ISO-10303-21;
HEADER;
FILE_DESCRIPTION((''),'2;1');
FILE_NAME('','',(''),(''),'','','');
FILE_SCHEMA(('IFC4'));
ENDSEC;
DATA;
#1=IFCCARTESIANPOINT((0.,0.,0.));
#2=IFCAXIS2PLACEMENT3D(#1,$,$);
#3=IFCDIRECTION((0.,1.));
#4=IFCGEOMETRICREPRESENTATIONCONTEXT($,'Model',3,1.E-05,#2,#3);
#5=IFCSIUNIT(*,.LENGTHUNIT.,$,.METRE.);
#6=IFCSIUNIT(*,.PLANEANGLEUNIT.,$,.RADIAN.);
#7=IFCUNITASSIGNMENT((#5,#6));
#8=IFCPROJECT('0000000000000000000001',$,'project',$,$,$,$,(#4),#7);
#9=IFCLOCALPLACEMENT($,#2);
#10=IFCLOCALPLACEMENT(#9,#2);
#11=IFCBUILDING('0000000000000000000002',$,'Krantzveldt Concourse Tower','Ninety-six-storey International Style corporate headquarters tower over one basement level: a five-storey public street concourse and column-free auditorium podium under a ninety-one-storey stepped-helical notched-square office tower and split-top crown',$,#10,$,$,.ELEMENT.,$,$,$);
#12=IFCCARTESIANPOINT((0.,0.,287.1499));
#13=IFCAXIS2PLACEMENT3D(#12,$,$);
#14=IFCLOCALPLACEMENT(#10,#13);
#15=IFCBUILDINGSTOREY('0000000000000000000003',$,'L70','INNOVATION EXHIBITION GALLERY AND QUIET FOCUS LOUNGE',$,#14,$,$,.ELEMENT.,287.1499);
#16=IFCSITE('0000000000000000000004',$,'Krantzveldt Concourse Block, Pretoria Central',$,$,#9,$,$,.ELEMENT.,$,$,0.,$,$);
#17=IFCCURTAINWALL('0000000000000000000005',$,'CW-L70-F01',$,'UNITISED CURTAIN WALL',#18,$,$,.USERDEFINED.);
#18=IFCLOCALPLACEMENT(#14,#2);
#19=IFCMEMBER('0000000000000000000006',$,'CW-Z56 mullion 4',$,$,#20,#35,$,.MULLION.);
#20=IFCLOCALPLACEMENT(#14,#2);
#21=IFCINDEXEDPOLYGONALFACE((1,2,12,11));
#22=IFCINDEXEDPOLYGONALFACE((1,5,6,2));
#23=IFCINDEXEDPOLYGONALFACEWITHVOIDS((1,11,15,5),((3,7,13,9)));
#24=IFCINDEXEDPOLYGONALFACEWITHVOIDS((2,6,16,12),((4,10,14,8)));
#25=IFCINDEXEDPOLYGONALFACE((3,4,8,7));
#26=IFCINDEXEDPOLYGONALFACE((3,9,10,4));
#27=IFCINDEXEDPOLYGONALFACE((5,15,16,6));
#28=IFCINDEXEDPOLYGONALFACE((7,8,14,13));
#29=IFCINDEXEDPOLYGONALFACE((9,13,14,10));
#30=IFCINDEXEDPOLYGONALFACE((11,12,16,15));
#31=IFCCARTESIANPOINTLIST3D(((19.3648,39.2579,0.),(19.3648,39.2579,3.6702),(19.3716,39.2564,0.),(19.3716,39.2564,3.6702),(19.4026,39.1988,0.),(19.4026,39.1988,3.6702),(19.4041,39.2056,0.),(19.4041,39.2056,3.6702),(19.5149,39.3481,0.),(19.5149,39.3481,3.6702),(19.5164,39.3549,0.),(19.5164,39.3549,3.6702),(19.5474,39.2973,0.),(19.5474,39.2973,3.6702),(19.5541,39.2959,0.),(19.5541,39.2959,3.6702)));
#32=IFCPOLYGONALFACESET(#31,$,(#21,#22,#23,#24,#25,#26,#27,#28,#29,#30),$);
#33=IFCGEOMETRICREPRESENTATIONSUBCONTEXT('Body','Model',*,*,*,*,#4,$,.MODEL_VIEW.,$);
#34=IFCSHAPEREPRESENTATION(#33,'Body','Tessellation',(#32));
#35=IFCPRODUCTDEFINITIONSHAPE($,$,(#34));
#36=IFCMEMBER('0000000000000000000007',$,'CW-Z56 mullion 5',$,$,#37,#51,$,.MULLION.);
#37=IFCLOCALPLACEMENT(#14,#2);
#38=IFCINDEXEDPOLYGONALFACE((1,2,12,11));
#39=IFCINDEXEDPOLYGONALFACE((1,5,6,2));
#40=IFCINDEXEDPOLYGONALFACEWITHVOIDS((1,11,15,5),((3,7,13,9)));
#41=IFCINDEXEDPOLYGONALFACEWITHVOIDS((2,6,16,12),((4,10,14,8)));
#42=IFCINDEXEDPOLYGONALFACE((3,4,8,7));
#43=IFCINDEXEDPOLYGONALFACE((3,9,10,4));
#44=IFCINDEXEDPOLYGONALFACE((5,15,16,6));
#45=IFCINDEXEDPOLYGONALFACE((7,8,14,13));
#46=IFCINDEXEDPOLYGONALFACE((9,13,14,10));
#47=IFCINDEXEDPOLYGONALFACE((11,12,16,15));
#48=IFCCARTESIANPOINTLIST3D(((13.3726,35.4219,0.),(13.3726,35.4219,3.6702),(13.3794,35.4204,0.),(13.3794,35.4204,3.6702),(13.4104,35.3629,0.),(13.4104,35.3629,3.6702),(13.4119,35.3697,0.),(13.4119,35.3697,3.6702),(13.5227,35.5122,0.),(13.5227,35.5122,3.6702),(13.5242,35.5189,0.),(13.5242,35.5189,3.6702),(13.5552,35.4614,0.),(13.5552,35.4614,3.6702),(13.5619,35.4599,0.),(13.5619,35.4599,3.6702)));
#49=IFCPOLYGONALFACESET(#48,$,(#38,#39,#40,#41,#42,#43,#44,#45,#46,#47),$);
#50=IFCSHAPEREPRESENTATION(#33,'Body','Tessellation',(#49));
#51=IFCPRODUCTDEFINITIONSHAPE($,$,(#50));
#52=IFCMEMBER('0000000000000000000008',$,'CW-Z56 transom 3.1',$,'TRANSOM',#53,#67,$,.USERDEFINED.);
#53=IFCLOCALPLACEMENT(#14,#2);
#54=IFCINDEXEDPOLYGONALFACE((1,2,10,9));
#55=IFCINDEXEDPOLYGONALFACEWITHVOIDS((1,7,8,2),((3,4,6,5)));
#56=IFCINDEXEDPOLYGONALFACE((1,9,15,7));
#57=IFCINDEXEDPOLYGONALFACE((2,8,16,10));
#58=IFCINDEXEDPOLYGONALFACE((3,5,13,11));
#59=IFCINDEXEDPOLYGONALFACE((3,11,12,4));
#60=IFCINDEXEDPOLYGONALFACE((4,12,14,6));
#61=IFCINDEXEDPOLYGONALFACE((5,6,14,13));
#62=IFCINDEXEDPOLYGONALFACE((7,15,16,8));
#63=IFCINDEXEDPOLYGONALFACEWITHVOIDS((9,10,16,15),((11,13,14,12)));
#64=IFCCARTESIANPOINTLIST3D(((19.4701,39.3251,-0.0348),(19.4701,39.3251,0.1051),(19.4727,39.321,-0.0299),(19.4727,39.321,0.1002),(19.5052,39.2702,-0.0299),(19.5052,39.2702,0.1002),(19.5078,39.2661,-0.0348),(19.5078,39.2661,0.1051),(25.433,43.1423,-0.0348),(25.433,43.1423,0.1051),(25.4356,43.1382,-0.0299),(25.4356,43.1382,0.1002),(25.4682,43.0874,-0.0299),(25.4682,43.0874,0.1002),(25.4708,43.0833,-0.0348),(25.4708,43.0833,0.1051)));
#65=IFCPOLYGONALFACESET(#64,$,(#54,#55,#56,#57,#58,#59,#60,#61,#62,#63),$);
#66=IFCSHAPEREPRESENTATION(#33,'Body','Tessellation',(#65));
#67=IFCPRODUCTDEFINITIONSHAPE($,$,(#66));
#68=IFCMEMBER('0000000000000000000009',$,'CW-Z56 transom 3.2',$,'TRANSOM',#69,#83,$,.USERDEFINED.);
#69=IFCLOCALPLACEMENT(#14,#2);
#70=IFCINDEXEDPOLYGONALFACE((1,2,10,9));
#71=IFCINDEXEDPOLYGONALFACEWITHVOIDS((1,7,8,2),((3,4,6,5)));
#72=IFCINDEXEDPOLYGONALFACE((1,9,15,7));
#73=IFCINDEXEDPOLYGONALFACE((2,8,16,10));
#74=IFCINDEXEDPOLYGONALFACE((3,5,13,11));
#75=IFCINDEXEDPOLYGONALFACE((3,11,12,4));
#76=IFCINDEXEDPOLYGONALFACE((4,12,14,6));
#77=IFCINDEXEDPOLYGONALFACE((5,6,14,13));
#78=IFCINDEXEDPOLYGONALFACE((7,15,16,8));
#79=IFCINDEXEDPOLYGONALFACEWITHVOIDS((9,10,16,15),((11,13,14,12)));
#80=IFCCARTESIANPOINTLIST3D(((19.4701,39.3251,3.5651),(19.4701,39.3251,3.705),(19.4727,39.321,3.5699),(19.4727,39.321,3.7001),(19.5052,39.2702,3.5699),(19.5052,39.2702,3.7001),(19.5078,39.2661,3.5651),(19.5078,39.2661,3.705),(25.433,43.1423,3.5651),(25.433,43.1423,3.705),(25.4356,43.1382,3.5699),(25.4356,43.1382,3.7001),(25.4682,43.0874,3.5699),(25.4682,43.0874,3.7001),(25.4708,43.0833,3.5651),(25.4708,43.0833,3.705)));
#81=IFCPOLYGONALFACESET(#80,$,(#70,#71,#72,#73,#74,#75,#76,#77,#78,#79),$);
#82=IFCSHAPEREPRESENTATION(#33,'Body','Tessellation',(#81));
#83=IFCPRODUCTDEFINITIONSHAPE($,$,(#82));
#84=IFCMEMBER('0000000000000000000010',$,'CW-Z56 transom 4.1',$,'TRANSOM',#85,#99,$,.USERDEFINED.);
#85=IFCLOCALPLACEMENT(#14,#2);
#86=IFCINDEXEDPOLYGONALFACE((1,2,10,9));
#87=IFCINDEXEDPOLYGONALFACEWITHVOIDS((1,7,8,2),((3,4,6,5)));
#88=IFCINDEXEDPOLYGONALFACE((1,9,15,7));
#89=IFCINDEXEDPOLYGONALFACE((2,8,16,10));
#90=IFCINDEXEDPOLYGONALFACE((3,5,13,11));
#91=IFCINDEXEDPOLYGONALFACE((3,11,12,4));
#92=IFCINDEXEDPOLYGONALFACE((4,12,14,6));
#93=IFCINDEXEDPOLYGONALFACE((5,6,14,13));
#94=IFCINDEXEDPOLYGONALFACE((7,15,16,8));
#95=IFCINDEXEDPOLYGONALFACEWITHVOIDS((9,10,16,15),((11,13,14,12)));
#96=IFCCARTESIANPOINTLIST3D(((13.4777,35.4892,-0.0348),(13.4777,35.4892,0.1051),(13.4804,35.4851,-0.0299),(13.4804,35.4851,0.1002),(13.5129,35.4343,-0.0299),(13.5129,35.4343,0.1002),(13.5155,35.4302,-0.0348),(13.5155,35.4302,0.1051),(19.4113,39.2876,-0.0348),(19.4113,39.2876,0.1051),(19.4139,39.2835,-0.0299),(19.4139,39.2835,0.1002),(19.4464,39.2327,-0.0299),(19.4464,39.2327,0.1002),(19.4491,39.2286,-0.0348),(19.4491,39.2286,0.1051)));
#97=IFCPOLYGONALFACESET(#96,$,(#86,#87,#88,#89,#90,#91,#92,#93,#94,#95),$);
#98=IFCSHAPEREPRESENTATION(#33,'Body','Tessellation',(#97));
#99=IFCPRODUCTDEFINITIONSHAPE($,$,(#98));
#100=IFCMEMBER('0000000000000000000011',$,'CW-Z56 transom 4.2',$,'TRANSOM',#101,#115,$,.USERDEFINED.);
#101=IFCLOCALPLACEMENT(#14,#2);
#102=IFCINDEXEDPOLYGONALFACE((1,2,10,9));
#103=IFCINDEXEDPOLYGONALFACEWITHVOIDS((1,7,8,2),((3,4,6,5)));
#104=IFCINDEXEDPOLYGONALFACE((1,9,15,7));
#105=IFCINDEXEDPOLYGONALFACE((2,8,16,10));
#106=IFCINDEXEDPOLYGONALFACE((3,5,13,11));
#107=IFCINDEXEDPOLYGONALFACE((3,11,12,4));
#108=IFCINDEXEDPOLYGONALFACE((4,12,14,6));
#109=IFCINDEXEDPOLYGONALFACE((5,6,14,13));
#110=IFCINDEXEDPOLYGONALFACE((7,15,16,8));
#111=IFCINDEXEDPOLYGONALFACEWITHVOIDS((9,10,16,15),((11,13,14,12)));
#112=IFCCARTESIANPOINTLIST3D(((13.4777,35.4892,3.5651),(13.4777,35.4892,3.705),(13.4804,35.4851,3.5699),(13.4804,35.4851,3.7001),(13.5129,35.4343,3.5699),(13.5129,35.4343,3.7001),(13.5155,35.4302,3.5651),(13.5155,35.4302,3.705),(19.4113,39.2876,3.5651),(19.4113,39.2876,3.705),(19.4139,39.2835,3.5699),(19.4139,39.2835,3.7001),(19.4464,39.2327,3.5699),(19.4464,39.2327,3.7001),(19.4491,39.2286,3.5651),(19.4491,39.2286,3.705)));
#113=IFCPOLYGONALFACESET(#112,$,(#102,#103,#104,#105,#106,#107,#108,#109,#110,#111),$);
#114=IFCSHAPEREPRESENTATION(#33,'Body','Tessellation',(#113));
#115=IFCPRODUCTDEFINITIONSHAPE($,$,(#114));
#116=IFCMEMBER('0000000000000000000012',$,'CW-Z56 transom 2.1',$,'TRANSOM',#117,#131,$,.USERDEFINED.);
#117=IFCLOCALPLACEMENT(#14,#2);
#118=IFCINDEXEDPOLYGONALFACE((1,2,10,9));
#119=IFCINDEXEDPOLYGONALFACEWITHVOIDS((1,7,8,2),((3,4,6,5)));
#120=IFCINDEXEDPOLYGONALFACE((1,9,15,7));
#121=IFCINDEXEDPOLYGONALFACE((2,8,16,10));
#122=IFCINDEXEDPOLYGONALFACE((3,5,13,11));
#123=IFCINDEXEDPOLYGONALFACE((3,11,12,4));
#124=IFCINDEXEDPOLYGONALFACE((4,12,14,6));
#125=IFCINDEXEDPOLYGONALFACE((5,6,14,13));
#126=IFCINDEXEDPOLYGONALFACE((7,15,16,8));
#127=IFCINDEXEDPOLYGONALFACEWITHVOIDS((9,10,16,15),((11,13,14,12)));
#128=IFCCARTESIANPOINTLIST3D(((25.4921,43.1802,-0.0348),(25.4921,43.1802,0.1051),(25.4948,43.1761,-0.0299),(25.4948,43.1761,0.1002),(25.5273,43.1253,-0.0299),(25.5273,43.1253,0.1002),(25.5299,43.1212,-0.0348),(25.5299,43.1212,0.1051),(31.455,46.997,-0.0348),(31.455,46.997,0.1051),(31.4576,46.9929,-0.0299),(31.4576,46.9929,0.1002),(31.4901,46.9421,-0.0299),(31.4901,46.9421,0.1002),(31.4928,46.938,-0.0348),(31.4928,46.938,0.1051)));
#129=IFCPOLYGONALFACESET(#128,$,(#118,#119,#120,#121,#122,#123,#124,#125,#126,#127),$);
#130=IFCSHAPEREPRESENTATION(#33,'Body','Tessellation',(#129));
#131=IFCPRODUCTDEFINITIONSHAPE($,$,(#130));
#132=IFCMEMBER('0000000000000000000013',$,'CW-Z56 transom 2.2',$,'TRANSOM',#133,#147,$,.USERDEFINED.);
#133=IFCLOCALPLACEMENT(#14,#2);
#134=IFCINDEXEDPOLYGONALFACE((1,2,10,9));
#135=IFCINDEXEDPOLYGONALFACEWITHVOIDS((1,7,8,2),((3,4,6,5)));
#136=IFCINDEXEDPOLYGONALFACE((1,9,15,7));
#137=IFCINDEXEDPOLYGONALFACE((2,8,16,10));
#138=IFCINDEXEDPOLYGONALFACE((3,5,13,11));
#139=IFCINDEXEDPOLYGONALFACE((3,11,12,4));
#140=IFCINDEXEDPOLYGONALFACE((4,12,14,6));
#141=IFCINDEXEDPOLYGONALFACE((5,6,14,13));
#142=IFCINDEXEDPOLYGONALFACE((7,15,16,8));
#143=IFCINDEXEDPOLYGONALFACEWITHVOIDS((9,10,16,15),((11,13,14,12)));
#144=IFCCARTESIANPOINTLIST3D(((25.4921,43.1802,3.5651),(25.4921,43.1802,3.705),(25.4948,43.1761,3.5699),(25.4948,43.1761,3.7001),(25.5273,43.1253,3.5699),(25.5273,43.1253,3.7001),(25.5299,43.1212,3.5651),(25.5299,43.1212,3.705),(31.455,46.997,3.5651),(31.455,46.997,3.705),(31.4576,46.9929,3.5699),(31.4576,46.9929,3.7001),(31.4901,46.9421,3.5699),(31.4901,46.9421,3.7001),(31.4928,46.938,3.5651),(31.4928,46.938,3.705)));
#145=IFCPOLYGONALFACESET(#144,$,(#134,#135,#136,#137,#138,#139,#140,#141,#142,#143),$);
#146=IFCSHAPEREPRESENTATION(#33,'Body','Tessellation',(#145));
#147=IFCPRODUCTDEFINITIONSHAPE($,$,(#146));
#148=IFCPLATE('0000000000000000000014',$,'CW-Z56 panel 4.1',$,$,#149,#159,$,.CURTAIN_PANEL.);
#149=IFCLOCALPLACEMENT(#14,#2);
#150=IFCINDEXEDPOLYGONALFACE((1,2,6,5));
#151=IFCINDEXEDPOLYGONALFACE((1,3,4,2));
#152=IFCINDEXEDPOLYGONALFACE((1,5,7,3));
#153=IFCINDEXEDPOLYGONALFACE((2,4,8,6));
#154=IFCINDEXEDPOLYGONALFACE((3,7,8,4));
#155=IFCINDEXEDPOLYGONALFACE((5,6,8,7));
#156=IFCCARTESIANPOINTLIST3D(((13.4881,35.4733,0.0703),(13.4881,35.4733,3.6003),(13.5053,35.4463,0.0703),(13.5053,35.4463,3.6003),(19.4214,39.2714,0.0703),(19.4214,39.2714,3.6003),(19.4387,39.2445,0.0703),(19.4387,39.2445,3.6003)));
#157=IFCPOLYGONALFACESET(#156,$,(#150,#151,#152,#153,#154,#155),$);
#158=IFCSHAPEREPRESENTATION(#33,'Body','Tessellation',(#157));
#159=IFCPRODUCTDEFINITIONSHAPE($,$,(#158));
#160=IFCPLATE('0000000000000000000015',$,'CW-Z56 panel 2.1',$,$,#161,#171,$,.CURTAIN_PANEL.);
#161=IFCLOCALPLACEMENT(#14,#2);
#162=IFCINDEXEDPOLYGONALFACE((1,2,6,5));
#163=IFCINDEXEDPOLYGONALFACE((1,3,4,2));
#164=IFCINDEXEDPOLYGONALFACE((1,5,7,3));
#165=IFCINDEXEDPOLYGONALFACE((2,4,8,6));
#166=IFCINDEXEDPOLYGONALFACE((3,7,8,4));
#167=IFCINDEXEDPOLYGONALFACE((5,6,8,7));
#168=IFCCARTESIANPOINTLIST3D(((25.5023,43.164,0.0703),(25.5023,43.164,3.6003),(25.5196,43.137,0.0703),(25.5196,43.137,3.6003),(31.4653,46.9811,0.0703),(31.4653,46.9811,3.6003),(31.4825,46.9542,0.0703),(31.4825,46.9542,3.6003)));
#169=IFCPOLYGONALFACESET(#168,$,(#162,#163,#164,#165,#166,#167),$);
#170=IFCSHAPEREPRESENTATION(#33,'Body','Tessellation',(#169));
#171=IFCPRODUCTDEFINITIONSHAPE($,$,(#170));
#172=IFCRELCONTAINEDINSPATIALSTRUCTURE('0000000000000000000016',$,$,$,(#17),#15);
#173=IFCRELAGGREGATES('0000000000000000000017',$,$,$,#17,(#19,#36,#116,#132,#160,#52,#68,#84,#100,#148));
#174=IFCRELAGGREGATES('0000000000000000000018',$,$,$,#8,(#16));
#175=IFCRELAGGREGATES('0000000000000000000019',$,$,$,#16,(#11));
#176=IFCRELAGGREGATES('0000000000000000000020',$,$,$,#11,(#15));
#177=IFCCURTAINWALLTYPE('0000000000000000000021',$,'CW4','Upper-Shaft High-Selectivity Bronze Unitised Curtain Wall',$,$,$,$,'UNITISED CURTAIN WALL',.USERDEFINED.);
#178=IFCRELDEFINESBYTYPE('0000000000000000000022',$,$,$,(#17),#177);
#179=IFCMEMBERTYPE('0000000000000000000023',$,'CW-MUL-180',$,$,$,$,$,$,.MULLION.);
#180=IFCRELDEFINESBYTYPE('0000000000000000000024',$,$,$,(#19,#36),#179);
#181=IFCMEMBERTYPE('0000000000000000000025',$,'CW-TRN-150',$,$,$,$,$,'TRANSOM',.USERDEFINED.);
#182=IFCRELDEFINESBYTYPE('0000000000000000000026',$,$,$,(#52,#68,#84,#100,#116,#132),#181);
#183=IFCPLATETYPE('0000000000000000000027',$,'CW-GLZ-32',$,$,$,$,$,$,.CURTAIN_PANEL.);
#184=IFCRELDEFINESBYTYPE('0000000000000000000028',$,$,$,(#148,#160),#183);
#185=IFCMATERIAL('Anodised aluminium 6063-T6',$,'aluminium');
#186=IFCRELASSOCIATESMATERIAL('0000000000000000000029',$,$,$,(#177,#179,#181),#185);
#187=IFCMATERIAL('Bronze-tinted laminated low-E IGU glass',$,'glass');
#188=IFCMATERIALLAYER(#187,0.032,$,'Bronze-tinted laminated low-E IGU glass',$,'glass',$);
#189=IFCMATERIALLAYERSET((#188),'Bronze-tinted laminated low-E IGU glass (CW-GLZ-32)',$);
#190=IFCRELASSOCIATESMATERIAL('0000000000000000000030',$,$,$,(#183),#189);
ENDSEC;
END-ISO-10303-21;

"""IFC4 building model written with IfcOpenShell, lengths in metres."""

from ifc_helpers import new_model, si_unit, direction, frame, origin, origin_2d, place, context, subcontext, project, spatial, rectangle, hollow_rectangle, extrude, source, transform, mapped, material, layer, layer_set, material_profile, profile_set, type_object, type_shapes, element, aggregate, save


model = new_model("IFC4")

# Units and contexts
model_context = context("Model", 3, precision=1e-05, world=origin(), true_north=direction((0.0, 1.0)))
body_context = subcontext(model_context, "Body", "Model", "MODEL_VIEW")
ifc_project = project(units=[si_unit("LENGTHUNIT", "METRE"), si_unit("PLANEANGLEUNIT", "RADIAN")], contexts=[model_context])

# Site, building, storey
site_placement = place(None, origin())
site = spatial("IfcSite", under=ifc_project, at=site_placement, Name="Krantzveldt Concourse Block, Pretoria Central", CompositionType="ELEMENT", RefElevation=0.0)
building_placement = place(site_placement, origin())
building = spatial("IfcBuilding", under=site, at=building_placement, Name="Krantzveldt Concourse Tower", Description="Ninety-six-storey International Style corporate headquarters tower over one basement level: a five-storey public street concourse and column-free auditorium podium under a ninety-one-storey stepped-helical notched-square office tower and split-top crown", CompositionType="ELEMENT")
storey_placement = place(building_placement, frame((0.0, 0.0, 287.1499)))
storey = spatial("IfcBuildingStorey", under=building, at=storey_placement, Name="L70", Description="INNOVATION EXHIBITION GALLERY AND QUIET FOCUS LOUNGE", CompositionType="ELEMENT", Elevation=287.1499)

# Curtain wall, members, plates
ifc_material_1 = material(Name="Anodised aluminium 6063-T6", Category="aluminium")
curtain_wall_type = type_object("IfcCurtainWallType", Name="CW4", Description="Upper-Shaft High-Selectivity Bronze Unitised Curtain Wall", ElementType="UNITISED CURTAIN WALL", PredefinedType="USERDEFINED", material=ifc_material_1)
curtain_wall_placement = place(storey_placement, origin())
curtain_wall = element("IfcCurtainWall", 1, at=curtain_wall_placement, inside=storey, type_object=curtain_wall_type, Name="CW-L70-F01", ObjectType="UNITISED CURTAIN WALL", PredefinedType="USERDEFINED")
ifc_material_profile_1 = material_profile(ifc_material_1, hollow_rectangle(XDim=0.0701, YDim=0.1799, WallThickness=0.0049, at=origin_2d()), Name="Anodised aluminium 6063-T6", Category="aluminium")
ifc_profile_set_1 = profile_set([ifc_material_profile_1], Name="Anodised aluminium 6063-T6 - ALU-MULL 180x70x5")
member_type_1 = type_object("IfcMemberType", Name="CW-MUL-180", PredefinedType="MULLION", material=ifc_profile_set_1)
shared_shape_1 = source(origin(), body_context, "Body", "SweptSolid", [
    extrude(hollow_rectangle(XDim=0.0701, YDim=0.1799, WallThickness=0.0049, at=origin_2d()), origin(), (0.0, 0.0, 1.0), 3.6702),
])
type_shapes(member_type_1, [shared_shape_1])
member_1_placement = place(storey_placement, frame((19.4595, 39.2769, 0.0), z_axis=(0.0, 0.0, 1.0), x_axis=(0.539138, -0.842217, 0.0)))
member_1 = element("IfcMember", 2, at=member_1_placement, type_object=member_type_1, Name="CW-Z56 mullion 4", PredefinedType="MULLION", context=body_context, shape_type="MappedRepresentation", body=[
    mapped(shared_shape_1, transform((0.0, 0.0, 0.0), x_axis=(1.0, 0.0, 0.0), y_axis=(0.0, 1.0, 0.0), z_axis=(0.0, 0.0, 1.0), scale=1.0)),
])
member_2_placement = place(storey_placement, frame((13.4673, 35.4409, 0.0), z_axis=(0.0, 0.0, 1.0), x_axis=(0.539138, -0.842217, 0.0)))
member_2 = element("IfcMember", 3, at=member_2_placement, type_object=member_type_1, Name="CW-Z56 mullion 5", PredefinedType="MULLION", context=body_context, shape_type="MappedRepresentation", body=[
    mapped(shared_shape_1, transform((0.0, 0.0, 0.0), x_axis=(1.0, 0.0, 0.0), y_axis=(0.0, 1.0, 0.0), z_axis=(0.0, 0.0, 1.0), scale=1.0)),
])
ifc_material_profile_2 = material_profile(ifc_material_1, hollow_rectangle(XDim=0.0701, YDim=0.1399, WallThickness=0.0049, at=origin_2d()), Name="Anodised aluminium 6063-T6", Category="aluminium")
ifc_profile_set_2 = profile_set([ifc_material_profile_2], Name="Anodised aluminium 6063-T6 - ALU-TRAN 140x70x5")
member_type_2 = type_object("IfcMemberType", Name="CW-TRN-150", ElementType="TRANSOM", PredefinedType="USERDEFINED", material=ifc_profile_set_2)
shared_shape_2 = source(origin(), body_context, "Body", "SweptSolid", [
    extrude(hollow_rectangle(XDim=0.0701, YDim=0.1399, WallThickness=0.0049, at=origin_2d()), origin(), (0.0, 0.0, 1.0), 7.0801),
])
member_3_placement = place(storey_placement, frame((25.4519, 43.1128, 0.0352), z_axis=(-0.842214, -0.539143, 0.0), x_axis=(0.539143, -0.842214, 0.0)))
member_3 = element("IfcMember", 4, at=member_3_placement, type_object=member_type_2, Name="CW-Z56 transom 3.1", ObjectType="TRANSOM", PredefinedType="USERDEFINED", context=body_context, shape_type="MappedRepresentation", body=[
    mapped(shared_shape_2, transform((0.0, 0.0, 0.0), x_axis=(1.0, 0.0, 0.0), y_axis=(0.0, 1.0, 0.0), z_axis=(0.0, 0.0, 1.0), scale=1.0)),
])
member_4_placement = place(storey_placement, frame((25.4519, 43.1128, 3.635), z_axis=(-0.842214, -0.539143, 0.0), x_axis=(0.539143, -0.842214, 0.0)))
member_4 = element("IfcMember", 5, at=member_4_placement, type_object=member_type_2, Name="CW-Z56 transom 3.2", ObjectType="TRANSOM", PredefinedType="USERDEFINED", context=body_context, shape_type="MappedRepresentation", body=[
    mapped(shared_shape_2, transform((0.0, 0.0, 0.0), x_axis=(1.0, 0.0, 0.0), y_axis=(0.0, 1.0, 0.0), z_axis=(0.0, 0.0, 1.0), scale=1.0)),
])
shared_shape_3 = source(origin(), body_context, "Body", "SweptSolid", [
    extrude(hollow_rectangle(XDim=0.0701, YDim=0.1399, WallThickness=0.0049, at=origin_2d()), origin(), (0.0, 0.0, 1.0), 7.0452),
])
member_5_placement = place(storey_placement, frame((19.4302, 39.2581, 0.0352), z_axis=(-0.842217, -0.539138, 0.0), x_axis=(0.539138, -0.842217, 0.0)))
member_5 = element("IfcMember", 6, at=member_5_placement, type_object=member_type_2, Name="CW-Z56 transom 4.1", ObjectType="TRANSOM", PredefinedType="USERDEFINED", context=body_context, shape_type="MappedRepresentation", body=[
    mapped(shared_shape_3, transform((0.0, 0.0, 0.0), x_axis=(1.0, 0.0, 0.0), y_axis=(0.0, 1.0, 0.0), z_axis=(0.0, 0.0, 1.0), scale=1.0)),
])
member_6_placement = place(storey_placement, frame((19.4302, 39.2581, 3.635), z_axis=(-0.842217, -0.539138, 0.0), x_axis=(0.539138, -0.842217, 0.0)))
member_6 = element("IfcMember", 7, at=member_6_placement, type_object=member_type_2, Name="CW-Z56 transom 4.2", ObjectType="TRANSOM", PredefinedType="USERDEFINED", context=body_context, shape_type="MappedRepresentation", body=[
    mapped(shared_shape_3, transform((0.0, 0.0, 0.0), x_axis=(1.0, 0.0, 0.0), y_axis=(0.0, 1.0, 0.0), z_axis=(0.0, 0.0, 1.0), scale=1.0)),
])
shared_shape_4 = source(origin(), body_context, "Body", "SweptSolid", [
    extrude(hollow_rectangle(XDim=0.0701, YDim=0.1399, WallThickness=0.0049, at=origin_2d()), origin(), (0.0, 0.0, 1.0), 7.0798),
])
type_shapes(member_type_2, [shared_shape_2, shared_shape_3, shared_shape_4])
member_7_placement = place(storey_placement, frame((31.4739, 46.9675, 0.0352), z_axis=(-0.84223, -0.539118, 0.0), x_axis=(0.539118, -0.84223, 0.0)))
member_7 = element("IfcMember", 8, at=member_7_placement, type_object=member_type_2, Name="CW-Z56 transom 2.1", ObjectType="TRANSOM", PredefinedType="USERDEFINED", context=body_context, shape_type="MappedRepresentation", body=[
    mapped(shared_shape_4, transform((0.0, 0.0, 0.0), x_axis=(1.0, 0.0, 0.0), y_axis=(0.0, 1.0, 0.0), z_axis=(0.0, 0.0, 1.0), scale=1.0)),
])
member_8_placement = place(storey_placement, frame((31.4739, 46.9675, 3.635), z_axis=(-0.84223, -0.539118, 0.0), x_axis=(0.539118, -0.84223, 0.0)))
member_8 = element("IfcMember", 9, at=member_8_placement, type_object=member_type_2, Name="CW-Z56 transom 2.2", ObjectType="TRANSOM", PredefinedType="USERDEFINED", context=body_context, shape_type="MappedRepresentation", body=[
    mapped(shared_shape_4, transform((0.0, 0.0, 0.0), x_axis=(1.0, 0.0, 0.0), y_axis=(0.0, 1.0, 0.0), z_axis=(0.0, 0.0, 1.0), scale=1.0)),
])
ifc_material_2 = material(Name="Bronze-tinted laminated low-E IGU glass", Category="glass")
ifc_layer_1 = layer(ifc_material_2, 0.032, Name="Bronze-tinted laminated low-E IGU glass", Category="glass")
ifc_layer_set_1 = layer_set([ifc_layer_1], Name="Bronze-tinted laminated low-E IGU glass (CW-GLZ-32)")
plate_type = type_object("IfcPlateType", Name="CW-GLZ-32", PredefinedType="CURTAIN_PANEL", material=ifc_layer_set_1)
shared_shape_5 = source(origin(), body_context, "Body", "SweptSolid", [
    extrude(rectangle(XDim=7.0449, YDim=0.032, at=origin_2d()), origin(), (0.0, 0.0, 1.0), 3.53),
])
plate_1_placement = place(storey_placement, frame((16.4634, 37.3589, 0.0703), z_axis=(0.0, 0.0, 1.0), x_axis=(-0.842217, -0.539138, 0.0)))
plate_1 = element("IfcPlate", 10, at=plate_1_placement, type_object=plate_type, Name="CW-Z56 panel 4.1", PredefinedType="CURTAIN_PANEL", context=body_context, shape_type="MappedRepresentation", body=[
    mapped(shared_shape_5, transform((0.0, 0.0, 0.0), x_axis=(1.0, 0.0, 0.0), y_axis=(0.0, 1.0, 0.0), z_axis=(0.0, 0.0, 1.0), scale=1.0)),
])
shared_shape_6 = source(origin(), body_context, "Body", "SweptSolid", [
    extrude(rectangle(XDim=7.0801, YDim=0.032, at=origin_2d()), origin(), (0.0, 0.0, 1.0), 3.53),
])
type_shapes(plate_type, [shared_shape_5, shared_shape_6])
plate_2_placement = place(storey_placement, frame((28.4924, 45.0591, 0.0703), z_axis=(0.0, 0.0, 1.0), x_axis=(-0.842217, -0.539138, 0.0)))
plate_2 = element("IfcPlate", 11, at=plate_2_placement, type_object=plate_type, Name="CW-Z56 panel 2.1", PredefinedType="CURTAIN_PANEL", context=body_context, shape_type="MappedRepresentation", body=[
    mapped(shared_shape_6, transform((0.0, 0.0, 0.0), x_axis=(1.0, 0.0, 0.0), y_axis=(0.0, 1.0, 0.0), z_axis=(0.0, 0.0, 1.0), scale=1.0)),
])
aggregate(curtain_wall, [member_1, member_2, member_7, member_8, plate_2, member_3, member_4, member_5, member_6, plate_1])

save(model, "model.ifc")
